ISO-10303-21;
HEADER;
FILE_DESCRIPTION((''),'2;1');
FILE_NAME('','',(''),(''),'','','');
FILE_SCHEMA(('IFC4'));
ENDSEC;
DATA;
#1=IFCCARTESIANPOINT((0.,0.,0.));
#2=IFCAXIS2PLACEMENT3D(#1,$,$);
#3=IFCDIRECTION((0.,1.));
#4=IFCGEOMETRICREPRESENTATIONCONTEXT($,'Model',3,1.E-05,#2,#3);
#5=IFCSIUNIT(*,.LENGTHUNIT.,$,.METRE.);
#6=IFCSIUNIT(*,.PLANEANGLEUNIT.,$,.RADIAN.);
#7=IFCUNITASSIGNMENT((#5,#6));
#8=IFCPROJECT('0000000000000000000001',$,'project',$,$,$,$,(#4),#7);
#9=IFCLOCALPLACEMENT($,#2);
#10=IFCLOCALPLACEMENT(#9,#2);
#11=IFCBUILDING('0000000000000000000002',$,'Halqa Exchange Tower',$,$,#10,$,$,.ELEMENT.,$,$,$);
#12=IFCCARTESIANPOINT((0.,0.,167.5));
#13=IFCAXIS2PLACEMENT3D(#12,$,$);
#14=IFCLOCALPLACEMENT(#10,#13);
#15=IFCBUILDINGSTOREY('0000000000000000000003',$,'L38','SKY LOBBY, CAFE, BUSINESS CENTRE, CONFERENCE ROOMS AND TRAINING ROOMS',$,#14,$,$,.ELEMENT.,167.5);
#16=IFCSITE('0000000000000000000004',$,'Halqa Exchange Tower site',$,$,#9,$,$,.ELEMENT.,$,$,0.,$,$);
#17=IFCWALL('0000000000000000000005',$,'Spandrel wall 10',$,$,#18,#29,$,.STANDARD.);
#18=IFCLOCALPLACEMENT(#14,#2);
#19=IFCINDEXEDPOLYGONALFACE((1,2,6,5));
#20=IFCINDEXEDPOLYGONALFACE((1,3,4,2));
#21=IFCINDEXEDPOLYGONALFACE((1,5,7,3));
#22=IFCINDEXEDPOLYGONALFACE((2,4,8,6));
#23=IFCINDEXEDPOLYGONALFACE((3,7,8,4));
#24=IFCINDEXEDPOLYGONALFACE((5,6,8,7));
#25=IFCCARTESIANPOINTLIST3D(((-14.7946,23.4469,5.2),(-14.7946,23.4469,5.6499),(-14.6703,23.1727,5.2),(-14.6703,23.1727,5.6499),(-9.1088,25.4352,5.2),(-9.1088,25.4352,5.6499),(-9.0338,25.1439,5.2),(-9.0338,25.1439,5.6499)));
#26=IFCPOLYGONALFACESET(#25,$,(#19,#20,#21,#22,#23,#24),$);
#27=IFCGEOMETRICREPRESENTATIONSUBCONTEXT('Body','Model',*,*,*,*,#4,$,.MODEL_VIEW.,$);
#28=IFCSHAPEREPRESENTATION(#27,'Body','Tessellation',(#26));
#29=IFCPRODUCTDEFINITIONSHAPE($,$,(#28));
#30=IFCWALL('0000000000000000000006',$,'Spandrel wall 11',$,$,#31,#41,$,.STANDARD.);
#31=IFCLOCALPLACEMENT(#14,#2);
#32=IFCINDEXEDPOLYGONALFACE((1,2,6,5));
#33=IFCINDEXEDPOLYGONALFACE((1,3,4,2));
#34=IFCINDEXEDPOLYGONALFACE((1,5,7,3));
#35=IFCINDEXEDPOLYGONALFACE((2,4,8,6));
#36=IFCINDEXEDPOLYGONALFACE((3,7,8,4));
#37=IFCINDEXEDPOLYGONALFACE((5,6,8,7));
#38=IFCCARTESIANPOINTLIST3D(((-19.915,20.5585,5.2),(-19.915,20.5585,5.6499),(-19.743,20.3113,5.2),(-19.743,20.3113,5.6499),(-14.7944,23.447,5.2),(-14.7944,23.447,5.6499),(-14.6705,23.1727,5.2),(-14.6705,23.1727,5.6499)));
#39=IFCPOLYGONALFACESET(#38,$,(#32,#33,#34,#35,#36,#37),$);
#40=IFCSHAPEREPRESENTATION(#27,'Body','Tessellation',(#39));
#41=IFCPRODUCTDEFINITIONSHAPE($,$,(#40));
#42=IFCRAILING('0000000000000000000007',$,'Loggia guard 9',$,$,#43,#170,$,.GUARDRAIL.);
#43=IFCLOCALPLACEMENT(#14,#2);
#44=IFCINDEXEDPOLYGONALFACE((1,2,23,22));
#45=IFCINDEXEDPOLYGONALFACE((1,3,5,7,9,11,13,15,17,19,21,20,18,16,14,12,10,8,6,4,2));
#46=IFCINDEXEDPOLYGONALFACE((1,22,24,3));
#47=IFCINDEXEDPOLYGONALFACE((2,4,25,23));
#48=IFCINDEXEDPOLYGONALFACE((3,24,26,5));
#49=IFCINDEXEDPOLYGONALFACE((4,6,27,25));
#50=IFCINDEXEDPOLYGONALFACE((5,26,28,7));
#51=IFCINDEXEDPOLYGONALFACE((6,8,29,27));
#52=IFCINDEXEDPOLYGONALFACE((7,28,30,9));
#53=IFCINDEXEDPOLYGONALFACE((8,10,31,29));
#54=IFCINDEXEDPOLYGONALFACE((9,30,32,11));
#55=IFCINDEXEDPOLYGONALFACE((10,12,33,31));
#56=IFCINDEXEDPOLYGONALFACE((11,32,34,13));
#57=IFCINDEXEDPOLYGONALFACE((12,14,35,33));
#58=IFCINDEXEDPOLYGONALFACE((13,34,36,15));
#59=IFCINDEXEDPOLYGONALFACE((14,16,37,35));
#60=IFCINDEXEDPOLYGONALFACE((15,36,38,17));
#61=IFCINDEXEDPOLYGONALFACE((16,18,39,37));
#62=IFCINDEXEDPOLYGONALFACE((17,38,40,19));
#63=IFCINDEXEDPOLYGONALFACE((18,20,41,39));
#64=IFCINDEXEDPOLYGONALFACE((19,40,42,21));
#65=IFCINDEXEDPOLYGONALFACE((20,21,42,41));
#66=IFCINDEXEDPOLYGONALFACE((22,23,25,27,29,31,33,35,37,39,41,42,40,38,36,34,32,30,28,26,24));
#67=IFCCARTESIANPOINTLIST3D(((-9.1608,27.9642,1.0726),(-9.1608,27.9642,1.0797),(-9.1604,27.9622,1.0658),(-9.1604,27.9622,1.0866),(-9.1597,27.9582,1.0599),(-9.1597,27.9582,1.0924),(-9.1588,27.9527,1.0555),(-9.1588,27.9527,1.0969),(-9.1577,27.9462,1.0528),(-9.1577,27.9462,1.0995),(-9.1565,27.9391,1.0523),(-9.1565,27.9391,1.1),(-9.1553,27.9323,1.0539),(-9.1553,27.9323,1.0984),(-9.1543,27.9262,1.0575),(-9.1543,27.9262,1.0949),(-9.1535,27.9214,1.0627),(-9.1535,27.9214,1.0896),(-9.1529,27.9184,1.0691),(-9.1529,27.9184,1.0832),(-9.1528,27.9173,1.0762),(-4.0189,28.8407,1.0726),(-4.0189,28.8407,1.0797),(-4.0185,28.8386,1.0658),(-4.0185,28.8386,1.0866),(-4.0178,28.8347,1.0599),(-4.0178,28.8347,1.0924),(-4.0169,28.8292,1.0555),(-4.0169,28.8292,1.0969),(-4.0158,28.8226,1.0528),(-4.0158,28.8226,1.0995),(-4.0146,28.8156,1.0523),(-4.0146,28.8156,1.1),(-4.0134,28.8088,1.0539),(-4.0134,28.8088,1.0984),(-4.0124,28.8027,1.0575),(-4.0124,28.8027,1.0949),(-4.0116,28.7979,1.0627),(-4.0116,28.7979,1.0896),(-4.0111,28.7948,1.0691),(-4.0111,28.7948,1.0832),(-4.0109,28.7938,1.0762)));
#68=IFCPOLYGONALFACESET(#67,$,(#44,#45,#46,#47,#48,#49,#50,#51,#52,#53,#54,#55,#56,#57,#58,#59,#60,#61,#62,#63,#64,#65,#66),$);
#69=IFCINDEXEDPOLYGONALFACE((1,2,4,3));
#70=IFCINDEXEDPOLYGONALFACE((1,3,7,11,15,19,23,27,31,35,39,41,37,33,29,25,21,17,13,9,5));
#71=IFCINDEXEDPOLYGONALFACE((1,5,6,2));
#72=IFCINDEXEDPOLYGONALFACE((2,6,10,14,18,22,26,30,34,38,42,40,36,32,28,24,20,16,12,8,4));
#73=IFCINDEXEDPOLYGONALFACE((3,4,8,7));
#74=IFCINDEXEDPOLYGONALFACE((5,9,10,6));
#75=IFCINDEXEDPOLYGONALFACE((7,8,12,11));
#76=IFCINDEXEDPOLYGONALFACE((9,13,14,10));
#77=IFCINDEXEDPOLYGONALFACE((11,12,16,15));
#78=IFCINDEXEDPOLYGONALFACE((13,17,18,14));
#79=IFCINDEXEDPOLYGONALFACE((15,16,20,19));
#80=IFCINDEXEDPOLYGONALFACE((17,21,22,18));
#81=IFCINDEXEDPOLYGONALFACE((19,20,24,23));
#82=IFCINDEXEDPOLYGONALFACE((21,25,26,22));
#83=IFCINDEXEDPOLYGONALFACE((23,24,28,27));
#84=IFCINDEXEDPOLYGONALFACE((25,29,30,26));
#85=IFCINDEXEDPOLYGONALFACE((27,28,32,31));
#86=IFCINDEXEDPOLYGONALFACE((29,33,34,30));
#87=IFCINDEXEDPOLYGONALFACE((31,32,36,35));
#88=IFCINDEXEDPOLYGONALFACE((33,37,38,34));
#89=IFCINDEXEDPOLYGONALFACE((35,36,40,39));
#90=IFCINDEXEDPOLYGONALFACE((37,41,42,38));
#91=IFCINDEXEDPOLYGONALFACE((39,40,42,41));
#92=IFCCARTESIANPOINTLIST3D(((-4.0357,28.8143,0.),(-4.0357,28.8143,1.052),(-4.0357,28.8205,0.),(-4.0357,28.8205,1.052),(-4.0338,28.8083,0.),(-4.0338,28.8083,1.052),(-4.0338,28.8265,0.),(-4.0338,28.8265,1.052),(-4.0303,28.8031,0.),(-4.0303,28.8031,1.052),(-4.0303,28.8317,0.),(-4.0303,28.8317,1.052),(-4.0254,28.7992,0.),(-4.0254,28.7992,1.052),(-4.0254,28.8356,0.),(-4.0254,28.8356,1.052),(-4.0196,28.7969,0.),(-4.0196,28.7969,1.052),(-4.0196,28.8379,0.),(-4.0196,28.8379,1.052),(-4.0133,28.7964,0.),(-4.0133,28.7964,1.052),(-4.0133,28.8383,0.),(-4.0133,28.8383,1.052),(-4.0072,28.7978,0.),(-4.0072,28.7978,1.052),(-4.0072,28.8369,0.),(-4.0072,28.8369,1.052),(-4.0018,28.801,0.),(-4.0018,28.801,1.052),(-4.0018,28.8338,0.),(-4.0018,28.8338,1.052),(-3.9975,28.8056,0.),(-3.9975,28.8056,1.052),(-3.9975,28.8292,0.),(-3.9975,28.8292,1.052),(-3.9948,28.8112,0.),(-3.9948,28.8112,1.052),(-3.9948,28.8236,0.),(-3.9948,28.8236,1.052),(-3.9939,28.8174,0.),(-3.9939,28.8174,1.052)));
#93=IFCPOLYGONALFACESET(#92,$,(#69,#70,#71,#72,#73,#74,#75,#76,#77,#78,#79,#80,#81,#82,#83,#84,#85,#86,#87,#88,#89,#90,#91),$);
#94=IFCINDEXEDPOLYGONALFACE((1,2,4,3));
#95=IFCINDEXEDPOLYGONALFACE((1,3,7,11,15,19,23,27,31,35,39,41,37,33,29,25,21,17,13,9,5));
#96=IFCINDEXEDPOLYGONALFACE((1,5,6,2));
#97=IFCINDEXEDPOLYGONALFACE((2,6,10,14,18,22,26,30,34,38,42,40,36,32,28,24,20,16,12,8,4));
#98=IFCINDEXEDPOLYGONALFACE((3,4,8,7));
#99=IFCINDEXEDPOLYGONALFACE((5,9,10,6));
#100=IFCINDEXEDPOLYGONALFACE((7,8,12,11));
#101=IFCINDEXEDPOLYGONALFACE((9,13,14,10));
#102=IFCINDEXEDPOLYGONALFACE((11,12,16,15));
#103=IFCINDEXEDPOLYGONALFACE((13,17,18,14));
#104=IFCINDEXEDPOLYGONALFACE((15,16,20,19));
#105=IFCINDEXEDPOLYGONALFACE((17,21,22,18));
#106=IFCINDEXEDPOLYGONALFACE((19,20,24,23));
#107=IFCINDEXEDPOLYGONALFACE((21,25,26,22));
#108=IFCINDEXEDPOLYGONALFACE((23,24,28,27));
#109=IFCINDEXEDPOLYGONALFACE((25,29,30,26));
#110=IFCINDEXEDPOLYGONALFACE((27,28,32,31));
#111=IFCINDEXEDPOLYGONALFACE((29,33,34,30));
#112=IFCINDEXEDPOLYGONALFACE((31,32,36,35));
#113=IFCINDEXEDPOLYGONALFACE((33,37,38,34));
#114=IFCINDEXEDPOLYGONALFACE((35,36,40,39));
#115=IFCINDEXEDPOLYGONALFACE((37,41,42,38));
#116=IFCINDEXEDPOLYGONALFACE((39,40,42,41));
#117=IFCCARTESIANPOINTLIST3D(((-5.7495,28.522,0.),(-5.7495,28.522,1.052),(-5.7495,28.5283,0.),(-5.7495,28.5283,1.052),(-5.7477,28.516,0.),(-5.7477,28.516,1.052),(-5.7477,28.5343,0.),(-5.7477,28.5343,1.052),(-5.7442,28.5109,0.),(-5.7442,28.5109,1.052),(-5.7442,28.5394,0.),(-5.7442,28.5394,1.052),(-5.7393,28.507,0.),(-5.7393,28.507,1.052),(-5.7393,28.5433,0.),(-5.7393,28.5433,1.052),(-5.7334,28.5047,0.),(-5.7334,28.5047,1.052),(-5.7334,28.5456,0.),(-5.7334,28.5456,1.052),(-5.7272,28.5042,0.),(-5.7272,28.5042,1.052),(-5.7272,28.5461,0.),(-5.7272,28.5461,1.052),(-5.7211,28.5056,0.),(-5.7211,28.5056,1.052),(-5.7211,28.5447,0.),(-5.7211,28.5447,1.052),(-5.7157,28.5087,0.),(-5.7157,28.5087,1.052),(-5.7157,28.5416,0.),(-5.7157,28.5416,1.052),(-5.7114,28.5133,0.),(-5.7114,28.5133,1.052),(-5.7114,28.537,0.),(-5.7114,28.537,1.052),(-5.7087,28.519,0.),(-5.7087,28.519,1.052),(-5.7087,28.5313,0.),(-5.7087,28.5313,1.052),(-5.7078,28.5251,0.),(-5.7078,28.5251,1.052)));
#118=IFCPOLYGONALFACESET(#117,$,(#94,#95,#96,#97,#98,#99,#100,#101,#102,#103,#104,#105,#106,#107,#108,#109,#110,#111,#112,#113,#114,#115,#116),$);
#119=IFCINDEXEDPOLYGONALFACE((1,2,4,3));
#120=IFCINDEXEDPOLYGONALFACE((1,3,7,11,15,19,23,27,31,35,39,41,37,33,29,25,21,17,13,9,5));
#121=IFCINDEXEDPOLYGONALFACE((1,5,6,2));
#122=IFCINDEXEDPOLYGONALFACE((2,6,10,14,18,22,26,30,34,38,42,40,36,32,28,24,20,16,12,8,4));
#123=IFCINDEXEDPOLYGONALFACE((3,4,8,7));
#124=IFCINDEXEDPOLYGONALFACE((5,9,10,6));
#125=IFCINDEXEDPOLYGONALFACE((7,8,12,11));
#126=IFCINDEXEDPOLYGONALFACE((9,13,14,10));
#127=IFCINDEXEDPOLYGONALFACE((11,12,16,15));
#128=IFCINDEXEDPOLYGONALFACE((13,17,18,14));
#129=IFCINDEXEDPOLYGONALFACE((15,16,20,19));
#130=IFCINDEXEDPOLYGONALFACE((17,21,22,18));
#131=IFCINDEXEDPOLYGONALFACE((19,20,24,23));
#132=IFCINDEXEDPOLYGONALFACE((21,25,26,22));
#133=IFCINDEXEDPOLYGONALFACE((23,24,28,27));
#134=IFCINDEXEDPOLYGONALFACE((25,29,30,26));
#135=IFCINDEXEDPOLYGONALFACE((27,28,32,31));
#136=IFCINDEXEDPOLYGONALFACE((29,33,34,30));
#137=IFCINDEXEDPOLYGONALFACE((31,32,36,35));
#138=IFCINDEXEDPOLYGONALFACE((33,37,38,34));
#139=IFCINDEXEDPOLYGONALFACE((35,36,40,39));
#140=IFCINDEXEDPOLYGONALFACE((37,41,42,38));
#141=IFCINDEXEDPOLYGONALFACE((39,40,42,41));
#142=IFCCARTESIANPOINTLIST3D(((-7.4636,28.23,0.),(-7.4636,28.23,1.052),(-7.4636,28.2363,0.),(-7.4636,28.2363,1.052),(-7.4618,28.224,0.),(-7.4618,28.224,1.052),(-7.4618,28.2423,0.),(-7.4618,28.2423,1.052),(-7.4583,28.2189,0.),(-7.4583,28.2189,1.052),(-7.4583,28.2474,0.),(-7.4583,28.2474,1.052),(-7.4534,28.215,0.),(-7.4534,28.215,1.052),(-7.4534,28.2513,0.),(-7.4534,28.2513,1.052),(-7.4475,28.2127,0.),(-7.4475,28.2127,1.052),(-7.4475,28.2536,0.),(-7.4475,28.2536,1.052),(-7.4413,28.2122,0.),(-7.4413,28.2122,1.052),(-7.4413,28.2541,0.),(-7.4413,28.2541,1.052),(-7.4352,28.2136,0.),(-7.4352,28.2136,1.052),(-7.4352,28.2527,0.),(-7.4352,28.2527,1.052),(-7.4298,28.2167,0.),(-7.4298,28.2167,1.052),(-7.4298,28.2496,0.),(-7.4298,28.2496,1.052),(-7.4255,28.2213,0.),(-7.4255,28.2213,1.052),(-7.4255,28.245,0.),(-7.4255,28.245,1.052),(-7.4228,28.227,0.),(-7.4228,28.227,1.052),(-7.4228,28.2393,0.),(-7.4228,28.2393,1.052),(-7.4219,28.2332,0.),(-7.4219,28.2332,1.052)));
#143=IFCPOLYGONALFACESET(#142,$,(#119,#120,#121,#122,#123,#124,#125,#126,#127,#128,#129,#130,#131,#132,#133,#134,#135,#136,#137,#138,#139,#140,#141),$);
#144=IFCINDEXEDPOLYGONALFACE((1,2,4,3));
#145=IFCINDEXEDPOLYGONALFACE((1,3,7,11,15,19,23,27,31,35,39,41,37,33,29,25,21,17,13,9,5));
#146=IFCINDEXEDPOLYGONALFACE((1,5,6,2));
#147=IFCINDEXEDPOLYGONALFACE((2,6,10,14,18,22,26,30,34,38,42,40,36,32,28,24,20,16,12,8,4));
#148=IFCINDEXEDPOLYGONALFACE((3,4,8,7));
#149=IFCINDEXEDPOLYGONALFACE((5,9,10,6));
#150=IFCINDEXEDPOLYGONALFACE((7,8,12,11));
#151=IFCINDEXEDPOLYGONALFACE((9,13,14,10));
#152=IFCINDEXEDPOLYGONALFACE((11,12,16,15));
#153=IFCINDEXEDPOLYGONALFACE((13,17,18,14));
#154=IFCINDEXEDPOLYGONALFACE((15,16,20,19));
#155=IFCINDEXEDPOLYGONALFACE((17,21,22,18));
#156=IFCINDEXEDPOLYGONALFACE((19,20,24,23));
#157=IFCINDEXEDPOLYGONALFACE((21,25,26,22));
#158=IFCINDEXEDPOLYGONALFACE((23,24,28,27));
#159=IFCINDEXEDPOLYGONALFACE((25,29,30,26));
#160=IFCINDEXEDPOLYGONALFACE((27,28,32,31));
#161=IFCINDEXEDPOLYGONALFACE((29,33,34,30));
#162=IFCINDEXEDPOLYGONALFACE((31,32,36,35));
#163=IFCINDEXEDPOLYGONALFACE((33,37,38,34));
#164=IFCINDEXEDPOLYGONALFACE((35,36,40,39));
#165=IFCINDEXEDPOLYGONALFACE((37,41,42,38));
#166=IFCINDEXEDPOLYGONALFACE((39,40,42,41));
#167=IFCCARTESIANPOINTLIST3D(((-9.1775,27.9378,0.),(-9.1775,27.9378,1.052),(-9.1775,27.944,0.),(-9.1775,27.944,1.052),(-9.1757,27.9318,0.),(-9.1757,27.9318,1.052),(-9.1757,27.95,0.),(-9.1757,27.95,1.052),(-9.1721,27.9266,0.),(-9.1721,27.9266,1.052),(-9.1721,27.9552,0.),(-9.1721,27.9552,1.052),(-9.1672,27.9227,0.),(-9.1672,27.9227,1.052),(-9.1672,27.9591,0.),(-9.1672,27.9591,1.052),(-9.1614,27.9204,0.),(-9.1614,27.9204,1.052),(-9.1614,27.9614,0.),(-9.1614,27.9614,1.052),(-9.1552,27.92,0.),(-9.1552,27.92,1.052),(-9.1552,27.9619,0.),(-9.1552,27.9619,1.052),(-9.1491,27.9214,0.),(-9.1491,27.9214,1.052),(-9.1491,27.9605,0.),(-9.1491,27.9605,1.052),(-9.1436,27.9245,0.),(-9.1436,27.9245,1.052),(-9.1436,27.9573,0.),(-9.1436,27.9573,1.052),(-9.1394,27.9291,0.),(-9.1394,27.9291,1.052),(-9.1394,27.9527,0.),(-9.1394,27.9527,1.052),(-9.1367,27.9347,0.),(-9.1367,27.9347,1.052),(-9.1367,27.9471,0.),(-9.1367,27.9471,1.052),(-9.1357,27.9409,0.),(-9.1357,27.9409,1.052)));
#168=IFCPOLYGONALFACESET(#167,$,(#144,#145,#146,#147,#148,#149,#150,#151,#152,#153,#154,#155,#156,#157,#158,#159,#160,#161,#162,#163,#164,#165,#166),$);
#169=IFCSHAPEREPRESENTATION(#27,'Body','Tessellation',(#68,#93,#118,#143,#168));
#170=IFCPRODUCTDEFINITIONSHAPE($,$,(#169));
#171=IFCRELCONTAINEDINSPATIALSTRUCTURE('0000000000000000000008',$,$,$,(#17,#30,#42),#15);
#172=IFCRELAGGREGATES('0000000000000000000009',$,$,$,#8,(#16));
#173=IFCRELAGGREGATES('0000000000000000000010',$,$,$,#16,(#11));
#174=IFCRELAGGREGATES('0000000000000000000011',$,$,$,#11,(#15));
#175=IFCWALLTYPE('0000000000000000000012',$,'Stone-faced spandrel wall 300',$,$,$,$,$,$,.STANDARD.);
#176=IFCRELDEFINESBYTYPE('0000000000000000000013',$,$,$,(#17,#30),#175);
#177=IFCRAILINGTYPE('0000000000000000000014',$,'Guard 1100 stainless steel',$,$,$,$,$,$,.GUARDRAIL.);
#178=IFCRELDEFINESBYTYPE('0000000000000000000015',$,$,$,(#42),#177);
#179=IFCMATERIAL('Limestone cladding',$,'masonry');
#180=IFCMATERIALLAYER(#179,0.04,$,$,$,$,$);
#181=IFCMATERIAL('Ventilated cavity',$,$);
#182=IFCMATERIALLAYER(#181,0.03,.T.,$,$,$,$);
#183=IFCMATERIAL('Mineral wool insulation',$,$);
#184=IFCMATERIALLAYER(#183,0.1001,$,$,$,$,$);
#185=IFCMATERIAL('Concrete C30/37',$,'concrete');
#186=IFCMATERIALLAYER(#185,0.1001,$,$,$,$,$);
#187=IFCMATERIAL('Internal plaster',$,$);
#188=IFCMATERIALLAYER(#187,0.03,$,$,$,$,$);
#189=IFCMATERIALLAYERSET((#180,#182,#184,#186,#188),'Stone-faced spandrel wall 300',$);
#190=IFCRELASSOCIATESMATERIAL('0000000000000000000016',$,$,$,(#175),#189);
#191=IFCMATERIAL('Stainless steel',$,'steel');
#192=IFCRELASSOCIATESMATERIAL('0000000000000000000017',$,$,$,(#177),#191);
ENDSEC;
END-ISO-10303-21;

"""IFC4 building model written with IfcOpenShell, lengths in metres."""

from ifc_helpers import new_model, si_unit, direction, frame, origin, origin_2d, place, context, subcontext, project, spatial, polyline, circle, outline, extrude, material, layer, layer_set, type_object, element, save


model = new_model("IFC4")

# Units and contexts
model_context = context("Model", 3, precision=1e-05, world=origin(), true_north=direction((0.0, 1.0)))
body_context = subcontext(model_context, "Body", "Model", "MODEL_VIEW")
ifc_project = project(units=[si_unit("LENGTHUNIT", "METRE"), si_unit("PLANEANGLEUNIT", "RADIAN")], contexts=[model_context])

# Site, building, storey
site_placement = place(None, origin())
site = spatial("IfcSite", under=ifc_project, at=site_placement, Name="Halqa Exchange Tower site", CompositionType="ELEMENT", RefElevation=0.0)
building_placement = place(site_placement, origin())
building = spatial("IfcBuilding", under=site, at=building_placement, Name="Halqa Exchange Tower", CompositionType="ELEMENT")
storey_placement = place(building_placement, frame((0.0, 0.0, 167.5)))
storey = spatial("IfcBuildingStorey", under=building, at=storey_placement, Name="L38", Description="SKY LOBBY, CAFE, BUSINESS CENTRE, CONFERENCE ROOMS AND TRAINING ROOMS", CompositionType="ELEMENT", Elevation=167.5)

# Walls
ifc_material_1 = material(Name="Limestone cladding", Category="masonry")
ifc_layer_1 = layer(ifc_material_1, 0.04)
ifc_material_2 = material(Name="Ventilated cavity")
ifc_layer_2 = layer(ifc_material_2, 0.03, ventilated=True)
ifc_material_3 = material(Name="Mineral wool insulation")
ifc_layer_3 = layer(ifc_material_3, 0.1001)
ifc_material_4 = material(Name="Concrete C30/37", Category="concrete")
ifc_layer_4 = layer(ifc_material_4, 0.1001)
ifc_material_5 = material(Name="Internal plaster")
ifc_layer_5 = layer(ifc_material_5, 0.03)
ifc_layer_set_1 = layer_set([ifc_layer_1, ifc_layer_2, ifc_layer_3, ifc_layer_4, ifc_layer_5], Name="Stone-faced spandrel wall 300")
wall_type = type_object("IfcWallType", Name="Stone-faced spandrel wall 300", PredefinedType="STANDARD", material=ifc_layer_set_1)
wall_1_placement = place(storey_placement, frame((-9.0713, 25.2896, 5.2), z_axis=(0.0, 0.0, 1.0), x_axis=(-0.943945, -0.330104, 0.0)))
element("IfcWall", 1, at=wall_1_placement, inside=storey, type_object=wall_type, Name="Spandrel wall 10", PredefinedType="STANDARD", context=body_context, shape_type="SweptSolid", body=[
    extrude(outline(polyline([(-0.0127, -0.1499), (6.0107, -0.1499), (5.9839, 0.1499), (0.0127, 0.1499), (-0.0127, -0.1499)])), origin(), (0.0, 0.0, 1.0), 0.45),
])
wall_2_placement = place(storey_placement, frame((-14.7324, 23.3098, 5.2), z_axis=(0.0, 0.0, 1.0), x_axis=(-0.870982, -0.491315, 0.0)))
element("IfcWall", 2, at=wall_2_placement, inside=storey, type_object=wall_type, Name="Spandrel wall 11", PredefinedType="STANDARD", context=body_context, shape_type="SweptSolid", body=[
    extrude(outline(polyline([(-0.0134, -0.1499), (5.8657, -0.1499), (5.8374, 0.1499), (0.0134, 0.1499), (-0.0134, -0.1499)])), origin(), (0.0, 0.0, 1.0), 0.45),
])

# Railing
ifc_material_6 = material(Name="Stainless steel", Category="steel")
railing_type = type_object("IfcRailingType", Name="Guard 1100 stainless steel", PredefinedType="GUARDRAIL", material=ifc_material_6)
railing_1_placement = place(storey_placement, frame((-4.0149, 28.8174, 0.0)))
element("IfcRailing", 3, at=railing_1_placement, inside=storey, type_object=railing_type, Name="Loggia guard 9", PredefinedType="GUARDRAIL", context=body_context, shape_type="SweptSolid", body=[
    extrude(circle(Radius=0.0239, at=origin_2d()), frame((0.0, 0.0, 1.0762), z_axis=(-0.985781, -0.168034, 0.0), x_axis=(0.168034, -0.985781, 0.0)), (0.0, 0.0, 1.0), 5.2161),
    extrude(circle(Radius=0.021, at=origin_2d()), origin(), (0.0, 0.0, 1.0), 1.052),
    extrude(circle(Radius=0.021, at=origin_2d()), frame((-1.7139, -0.2922, 0.0)), (0.0, 0.0, 1.0), 1.052),
    extrude(circle(Radius=0.021, at=origin_2d()), frame((-3.428, -0.5842, 0.0)), (0.0, 0.0, 1.0), 1.052),
    extrude(circle(Radius=0.021, at=origin_2d()), frame((-5.1418, -0.8765, 0.0)), (0.0, 0.0, 1.0), 1.052),
])

save(model, "model.ifc")
